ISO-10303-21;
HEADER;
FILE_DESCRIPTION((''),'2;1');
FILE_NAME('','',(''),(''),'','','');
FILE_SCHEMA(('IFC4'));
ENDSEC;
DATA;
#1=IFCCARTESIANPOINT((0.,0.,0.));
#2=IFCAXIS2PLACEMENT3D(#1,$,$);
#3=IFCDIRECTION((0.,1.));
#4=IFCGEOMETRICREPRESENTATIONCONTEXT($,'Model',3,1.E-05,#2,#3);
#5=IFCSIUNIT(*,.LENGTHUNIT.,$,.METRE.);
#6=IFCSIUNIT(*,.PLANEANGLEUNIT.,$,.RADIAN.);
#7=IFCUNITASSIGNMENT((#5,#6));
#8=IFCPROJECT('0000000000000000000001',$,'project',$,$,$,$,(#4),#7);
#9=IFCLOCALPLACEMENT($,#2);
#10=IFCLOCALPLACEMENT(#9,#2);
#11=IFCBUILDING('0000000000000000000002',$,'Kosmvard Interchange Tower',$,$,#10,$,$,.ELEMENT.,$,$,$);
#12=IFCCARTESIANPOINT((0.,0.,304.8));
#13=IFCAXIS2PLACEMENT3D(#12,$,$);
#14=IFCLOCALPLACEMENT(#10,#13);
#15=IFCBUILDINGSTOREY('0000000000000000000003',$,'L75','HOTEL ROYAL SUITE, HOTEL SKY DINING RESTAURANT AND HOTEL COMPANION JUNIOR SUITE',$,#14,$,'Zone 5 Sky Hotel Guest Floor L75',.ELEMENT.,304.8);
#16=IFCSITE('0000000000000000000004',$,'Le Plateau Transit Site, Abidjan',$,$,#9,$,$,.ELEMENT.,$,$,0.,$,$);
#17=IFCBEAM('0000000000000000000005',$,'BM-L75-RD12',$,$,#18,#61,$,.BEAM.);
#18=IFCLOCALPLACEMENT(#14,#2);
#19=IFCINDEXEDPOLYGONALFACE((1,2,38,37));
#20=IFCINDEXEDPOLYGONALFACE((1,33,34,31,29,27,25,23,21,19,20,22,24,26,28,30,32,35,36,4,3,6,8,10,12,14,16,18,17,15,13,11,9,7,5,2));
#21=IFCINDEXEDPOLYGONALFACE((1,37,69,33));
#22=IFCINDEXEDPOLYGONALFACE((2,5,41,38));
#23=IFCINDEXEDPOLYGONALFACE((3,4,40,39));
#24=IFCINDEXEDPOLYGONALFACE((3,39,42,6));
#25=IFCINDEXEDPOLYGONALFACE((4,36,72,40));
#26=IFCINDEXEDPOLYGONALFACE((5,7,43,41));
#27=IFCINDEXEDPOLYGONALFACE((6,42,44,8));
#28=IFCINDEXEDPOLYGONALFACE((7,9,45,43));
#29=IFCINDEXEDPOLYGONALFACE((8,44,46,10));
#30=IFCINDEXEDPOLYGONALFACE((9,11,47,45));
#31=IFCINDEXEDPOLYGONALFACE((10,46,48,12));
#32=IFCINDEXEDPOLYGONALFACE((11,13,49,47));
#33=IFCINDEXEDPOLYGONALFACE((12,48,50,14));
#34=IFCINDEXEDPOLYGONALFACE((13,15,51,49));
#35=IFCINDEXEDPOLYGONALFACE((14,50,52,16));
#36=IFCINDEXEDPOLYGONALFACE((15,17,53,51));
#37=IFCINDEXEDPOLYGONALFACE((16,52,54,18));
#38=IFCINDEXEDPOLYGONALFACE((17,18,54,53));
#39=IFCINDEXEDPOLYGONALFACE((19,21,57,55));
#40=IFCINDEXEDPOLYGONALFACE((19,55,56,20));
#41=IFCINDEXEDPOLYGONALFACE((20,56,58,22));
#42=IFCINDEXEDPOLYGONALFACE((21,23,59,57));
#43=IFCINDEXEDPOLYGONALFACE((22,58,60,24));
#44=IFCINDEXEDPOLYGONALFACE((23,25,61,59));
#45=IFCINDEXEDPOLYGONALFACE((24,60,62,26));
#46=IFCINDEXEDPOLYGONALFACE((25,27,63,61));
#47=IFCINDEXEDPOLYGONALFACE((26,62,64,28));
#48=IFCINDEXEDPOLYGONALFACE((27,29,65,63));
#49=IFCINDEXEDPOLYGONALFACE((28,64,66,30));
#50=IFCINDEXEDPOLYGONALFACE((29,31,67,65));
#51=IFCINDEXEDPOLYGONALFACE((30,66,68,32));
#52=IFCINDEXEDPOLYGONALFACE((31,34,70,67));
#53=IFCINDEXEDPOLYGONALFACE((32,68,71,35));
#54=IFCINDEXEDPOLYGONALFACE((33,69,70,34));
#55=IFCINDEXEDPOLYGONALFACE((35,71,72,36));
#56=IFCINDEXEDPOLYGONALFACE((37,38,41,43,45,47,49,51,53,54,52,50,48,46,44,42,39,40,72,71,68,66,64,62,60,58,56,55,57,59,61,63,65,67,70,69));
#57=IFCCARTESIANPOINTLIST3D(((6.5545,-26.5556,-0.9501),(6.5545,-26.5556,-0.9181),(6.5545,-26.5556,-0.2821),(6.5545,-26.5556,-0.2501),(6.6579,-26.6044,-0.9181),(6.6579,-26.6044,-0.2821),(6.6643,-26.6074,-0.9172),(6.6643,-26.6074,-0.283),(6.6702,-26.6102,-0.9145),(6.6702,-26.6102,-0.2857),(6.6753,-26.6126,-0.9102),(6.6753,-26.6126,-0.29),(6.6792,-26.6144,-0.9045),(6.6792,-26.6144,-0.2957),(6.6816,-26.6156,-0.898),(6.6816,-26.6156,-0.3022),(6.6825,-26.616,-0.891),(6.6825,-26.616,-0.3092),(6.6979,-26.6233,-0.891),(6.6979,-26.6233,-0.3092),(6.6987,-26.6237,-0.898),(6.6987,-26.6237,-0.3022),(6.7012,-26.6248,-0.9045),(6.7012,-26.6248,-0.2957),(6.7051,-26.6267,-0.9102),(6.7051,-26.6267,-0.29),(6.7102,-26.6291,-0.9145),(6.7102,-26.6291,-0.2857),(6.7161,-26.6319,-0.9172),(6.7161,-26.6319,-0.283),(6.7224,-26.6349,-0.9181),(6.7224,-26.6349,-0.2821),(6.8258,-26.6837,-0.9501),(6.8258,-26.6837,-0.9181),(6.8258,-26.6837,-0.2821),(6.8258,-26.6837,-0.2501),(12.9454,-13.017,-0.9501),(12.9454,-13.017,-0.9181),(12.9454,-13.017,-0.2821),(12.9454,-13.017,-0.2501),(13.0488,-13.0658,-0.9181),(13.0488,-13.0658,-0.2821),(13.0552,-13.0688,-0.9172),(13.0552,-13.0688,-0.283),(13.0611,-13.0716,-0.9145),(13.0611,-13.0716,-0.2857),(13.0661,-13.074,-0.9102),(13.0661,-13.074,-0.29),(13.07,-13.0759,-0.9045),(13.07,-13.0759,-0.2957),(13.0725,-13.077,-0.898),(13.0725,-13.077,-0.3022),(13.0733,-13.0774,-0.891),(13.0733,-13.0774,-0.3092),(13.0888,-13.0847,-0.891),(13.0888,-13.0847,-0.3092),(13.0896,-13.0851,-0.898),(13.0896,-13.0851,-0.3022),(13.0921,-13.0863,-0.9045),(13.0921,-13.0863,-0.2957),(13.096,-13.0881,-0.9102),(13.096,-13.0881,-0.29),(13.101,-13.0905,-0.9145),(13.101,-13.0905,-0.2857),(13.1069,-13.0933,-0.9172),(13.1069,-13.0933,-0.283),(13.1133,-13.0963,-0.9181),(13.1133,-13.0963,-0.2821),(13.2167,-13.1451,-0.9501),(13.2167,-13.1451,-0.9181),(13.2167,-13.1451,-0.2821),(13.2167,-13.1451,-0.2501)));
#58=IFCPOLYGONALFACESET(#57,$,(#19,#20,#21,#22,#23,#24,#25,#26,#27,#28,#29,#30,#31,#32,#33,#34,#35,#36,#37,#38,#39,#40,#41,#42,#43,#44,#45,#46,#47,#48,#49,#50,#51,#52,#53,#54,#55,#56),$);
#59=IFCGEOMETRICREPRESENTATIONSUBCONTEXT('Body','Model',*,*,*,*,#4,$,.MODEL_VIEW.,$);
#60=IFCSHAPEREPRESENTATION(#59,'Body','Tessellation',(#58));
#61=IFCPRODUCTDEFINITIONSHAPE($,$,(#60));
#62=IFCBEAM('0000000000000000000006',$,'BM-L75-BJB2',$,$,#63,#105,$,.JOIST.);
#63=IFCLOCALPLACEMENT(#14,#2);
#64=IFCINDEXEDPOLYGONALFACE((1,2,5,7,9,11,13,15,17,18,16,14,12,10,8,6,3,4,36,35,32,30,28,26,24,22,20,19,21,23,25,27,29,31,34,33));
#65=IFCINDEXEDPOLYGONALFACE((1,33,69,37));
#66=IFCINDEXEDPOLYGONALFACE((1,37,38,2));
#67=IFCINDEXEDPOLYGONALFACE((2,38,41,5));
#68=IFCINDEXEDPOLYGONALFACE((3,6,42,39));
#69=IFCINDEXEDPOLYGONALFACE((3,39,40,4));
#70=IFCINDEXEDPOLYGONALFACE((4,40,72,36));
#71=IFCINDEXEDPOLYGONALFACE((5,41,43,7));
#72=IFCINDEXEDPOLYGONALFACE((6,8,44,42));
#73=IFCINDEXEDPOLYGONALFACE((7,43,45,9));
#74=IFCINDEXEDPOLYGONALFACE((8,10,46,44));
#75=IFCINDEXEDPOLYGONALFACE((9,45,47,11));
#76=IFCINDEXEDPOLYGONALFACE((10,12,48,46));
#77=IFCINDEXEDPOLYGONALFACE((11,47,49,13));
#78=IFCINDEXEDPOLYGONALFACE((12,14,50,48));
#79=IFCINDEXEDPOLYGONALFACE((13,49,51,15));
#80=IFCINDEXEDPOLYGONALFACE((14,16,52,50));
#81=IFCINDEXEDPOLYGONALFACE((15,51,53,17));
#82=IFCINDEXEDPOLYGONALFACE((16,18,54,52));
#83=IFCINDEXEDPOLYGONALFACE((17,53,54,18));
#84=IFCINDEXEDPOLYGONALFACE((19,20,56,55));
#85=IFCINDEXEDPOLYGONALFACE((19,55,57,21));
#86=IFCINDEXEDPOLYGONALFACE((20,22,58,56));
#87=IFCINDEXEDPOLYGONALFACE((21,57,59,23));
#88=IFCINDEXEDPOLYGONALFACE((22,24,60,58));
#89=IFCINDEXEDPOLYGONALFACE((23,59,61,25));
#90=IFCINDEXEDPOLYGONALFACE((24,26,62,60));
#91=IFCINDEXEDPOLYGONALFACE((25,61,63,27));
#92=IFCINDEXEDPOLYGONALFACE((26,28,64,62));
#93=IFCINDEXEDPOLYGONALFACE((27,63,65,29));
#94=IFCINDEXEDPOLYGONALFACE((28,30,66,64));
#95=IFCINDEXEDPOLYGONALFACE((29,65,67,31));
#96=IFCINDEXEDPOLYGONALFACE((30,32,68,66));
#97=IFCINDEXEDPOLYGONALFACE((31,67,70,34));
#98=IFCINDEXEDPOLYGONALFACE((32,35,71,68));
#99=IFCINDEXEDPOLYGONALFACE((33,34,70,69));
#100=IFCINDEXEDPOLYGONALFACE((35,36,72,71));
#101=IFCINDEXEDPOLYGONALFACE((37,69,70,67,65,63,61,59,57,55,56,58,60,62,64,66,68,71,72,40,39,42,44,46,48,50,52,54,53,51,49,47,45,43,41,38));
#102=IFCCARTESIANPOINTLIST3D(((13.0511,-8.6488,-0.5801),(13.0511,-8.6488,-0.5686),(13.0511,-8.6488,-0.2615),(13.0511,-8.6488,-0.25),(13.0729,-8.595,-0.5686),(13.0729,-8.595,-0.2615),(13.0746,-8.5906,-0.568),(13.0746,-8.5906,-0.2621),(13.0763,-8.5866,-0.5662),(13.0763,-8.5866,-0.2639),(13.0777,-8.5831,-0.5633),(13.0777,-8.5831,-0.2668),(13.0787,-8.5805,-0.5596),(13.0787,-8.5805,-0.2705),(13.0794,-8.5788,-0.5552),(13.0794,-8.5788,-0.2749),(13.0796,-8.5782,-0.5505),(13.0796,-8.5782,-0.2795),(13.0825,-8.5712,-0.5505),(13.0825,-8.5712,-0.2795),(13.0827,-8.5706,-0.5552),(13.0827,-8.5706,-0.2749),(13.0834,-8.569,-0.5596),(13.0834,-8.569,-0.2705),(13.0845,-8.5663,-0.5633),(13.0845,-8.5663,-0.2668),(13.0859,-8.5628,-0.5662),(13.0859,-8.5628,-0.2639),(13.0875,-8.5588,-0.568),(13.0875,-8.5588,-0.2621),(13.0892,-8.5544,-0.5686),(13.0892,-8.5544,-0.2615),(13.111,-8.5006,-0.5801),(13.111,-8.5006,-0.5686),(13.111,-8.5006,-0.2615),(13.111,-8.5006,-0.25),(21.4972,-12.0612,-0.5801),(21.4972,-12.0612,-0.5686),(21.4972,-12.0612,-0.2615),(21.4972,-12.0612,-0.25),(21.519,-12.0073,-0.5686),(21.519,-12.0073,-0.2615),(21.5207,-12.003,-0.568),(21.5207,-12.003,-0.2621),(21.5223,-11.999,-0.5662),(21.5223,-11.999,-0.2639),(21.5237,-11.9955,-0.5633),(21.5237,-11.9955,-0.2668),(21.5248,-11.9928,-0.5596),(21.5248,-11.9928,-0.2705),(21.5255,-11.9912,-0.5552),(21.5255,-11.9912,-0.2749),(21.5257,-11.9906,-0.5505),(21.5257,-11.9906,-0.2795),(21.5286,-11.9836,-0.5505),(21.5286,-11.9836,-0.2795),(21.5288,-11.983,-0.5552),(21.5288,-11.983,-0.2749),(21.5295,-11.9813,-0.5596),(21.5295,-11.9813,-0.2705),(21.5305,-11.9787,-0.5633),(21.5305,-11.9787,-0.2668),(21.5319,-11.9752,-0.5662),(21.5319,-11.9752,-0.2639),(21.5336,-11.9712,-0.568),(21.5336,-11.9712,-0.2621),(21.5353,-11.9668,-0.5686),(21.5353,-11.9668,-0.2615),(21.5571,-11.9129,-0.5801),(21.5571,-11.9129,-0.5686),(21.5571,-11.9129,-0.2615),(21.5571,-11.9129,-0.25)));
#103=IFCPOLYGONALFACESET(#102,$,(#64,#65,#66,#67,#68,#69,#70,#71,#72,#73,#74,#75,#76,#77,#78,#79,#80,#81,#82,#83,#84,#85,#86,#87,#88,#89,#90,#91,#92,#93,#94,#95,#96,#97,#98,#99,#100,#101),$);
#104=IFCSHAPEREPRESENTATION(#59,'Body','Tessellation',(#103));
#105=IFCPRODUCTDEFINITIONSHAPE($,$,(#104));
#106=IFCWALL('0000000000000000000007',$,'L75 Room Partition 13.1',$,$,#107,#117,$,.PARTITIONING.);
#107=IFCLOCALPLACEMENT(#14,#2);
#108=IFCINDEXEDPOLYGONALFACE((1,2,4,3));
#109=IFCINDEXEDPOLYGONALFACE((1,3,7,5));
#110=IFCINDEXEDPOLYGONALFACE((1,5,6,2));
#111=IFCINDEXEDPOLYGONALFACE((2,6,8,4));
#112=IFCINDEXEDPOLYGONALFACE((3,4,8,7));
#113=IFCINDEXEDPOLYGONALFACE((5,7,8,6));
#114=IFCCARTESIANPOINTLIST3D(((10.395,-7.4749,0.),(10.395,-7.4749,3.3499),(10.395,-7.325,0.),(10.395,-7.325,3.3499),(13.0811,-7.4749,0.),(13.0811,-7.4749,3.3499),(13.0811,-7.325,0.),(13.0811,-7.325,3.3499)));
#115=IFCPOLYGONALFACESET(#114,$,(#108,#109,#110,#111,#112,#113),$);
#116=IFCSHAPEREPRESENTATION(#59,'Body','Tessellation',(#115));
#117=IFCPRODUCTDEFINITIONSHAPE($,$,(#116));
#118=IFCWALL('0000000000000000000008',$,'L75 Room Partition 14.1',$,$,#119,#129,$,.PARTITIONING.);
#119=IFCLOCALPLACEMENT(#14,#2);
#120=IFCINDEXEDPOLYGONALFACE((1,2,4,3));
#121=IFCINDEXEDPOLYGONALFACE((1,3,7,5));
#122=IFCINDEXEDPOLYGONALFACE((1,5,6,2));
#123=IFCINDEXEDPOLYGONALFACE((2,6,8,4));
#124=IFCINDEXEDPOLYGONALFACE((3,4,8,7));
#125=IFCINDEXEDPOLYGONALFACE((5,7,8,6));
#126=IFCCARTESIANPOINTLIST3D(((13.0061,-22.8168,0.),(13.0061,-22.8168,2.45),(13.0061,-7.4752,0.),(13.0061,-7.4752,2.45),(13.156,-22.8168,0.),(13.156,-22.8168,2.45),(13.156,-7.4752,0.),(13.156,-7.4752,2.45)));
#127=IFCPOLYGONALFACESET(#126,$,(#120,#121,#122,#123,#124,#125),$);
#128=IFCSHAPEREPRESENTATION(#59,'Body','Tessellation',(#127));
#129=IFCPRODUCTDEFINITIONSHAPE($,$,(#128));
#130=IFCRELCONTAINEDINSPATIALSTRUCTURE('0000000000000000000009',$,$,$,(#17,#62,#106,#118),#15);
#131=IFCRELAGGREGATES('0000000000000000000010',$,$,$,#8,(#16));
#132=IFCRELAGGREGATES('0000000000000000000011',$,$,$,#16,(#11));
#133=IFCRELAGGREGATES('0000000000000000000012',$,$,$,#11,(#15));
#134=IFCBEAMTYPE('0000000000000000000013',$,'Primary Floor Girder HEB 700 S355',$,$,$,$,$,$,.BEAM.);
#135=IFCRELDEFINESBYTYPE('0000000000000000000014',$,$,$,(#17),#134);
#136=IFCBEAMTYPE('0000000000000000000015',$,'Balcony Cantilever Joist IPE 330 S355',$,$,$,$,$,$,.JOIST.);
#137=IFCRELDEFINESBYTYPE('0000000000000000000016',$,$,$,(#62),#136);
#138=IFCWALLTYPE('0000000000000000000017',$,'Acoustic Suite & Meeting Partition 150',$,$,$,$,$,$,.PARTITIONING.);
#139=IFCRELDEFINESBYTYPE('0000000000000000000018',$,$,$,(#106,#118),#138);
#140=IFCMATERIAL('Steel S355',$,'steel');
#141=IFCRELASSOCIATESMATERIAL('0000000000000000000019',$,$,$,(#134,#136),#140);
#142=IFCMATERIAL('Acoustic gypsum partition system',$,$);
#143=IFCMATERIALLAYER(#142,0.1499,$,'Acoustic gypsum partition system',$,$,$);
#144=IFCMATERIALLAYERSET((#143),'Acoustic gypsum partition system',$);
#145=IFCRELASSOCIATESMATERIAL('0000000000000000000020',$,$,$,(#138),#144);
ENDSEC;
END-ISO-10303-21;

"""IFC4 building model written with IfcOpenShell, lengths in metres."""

from ifc_helpers import new_model, si_unit, direction, frame, frame_2d, origin, origin_2d, place, context, subcontext, project, spatial, rectangle, i_section, extrude, source, transform, mapped, material, layer, layer_set, material_profile, profile_set, type_object, element, save


model = new_model("IFC4")

# Units and contexts
model_context = context("Model", 3, precision=1e-05, world=origin(), true_north=direction((0.0, 1.0)))
body_context = subcontext(model_context, "Body", "Model", "MODEL_VIEW")
ifc_project = project(units=[si_unit("LENGTHUNIT", "METRE"), si_unit("PLANEANGLEUNIT", "RADIAN")], contexts=[model_context])

# Site, building, storey
site_placement = place(None, origin())
site = spatial("IfcSite", under=ifc_project, at=site_placement, Name="Le Plateau Transit Site, Abidjan", CompositionType="ELEMENT", RefElevation=0.0)
building_placement = place(site_placement, origin())
building = spatial("IfcBuilding", under=site, at=building_placement, Name="Kosmvard Interchange Tower", CompositionType="ELEMENT")
storey_placement = place(building_placement, frame((0.0, 0.0, 304.8)))
storey = spatial("IfcBuildingStorey", under=building, at=storey_placement, Name="L75", Description="HOTEL ROYAL SUITE, HOTEL SKY DINING RESTAURANT AND HOTEL COMPANION JUNIOR SUITE", LongName="Zone 5 Sky Hotel Guest Floor L75", CompositionType="ELEMENT", Elevation=304.8)

# Beams
ifc_material_1 = material(Name="Steel S355", Category="steel")
ifc_material_profile_1 = material_profile(ifc_material_1, i_section(OverallWidth=0.3, OverallDepth=0.7, WebThickness=0.0171, FlangeThickness=0.032, FilletRadius=0.0271, at=origin_2d()), Name="HEB 700")
ifc_profile_set_1 = profile_set([ifc_material_profile_1], Name="Steel S355")
beam_type_1 = type_object("IfcBeamType", Name="Primary Floor Girder HEB 700 S355", PredefinedType="BEAM", material=ifc_profile_set_1)
shared_shape_1 = source(origin(), body_context, "Body", "SweptSolid", [
    extrude(i_section(OverallWidth=0.3, OverallDepth=0.7, WebThickness=0.0171, FlangeThickness=0.032, FilletRadius=0.0271, at=origin_2d()), origin(), (0.0, 0.0, 1.0), 14.9712),
])
beam_1_placement = place(storey_placement, frame((13.0811, -13.0811, -0.6001), z_axis=(-0.426878, -0.904309, 0.0), x_axis=(0.904309, -0.426878, 0.0)))
element("IfcBeam", 1, at=beam_1_placement, inside=storey, type_object=beam_type_1, Name="BM-L75-RD12", PredefinedType="BEAM", context=body_context, shape_type="MappedRepresentation", body=[
    mapped(shared_shape_1, transform((0.0, 0.0, 0.0), scale=1.0)),
])
ifc_material_profile_2 = material_profile(ifc_material_1, i_section(OverallWidth=0.1599, OverallDepth=0.3301, WebThickness=0.0076, FlangeThickness=0.0115, FilletRadius=0.0181, at=origin_2d()), Name="IPE 330")
ifc_profile_set_2 = profile_set([ifc_material_profile_2], Name="Steel S355")
beam_type_2 = type_object("IfcBeamType", Name="Balcony Cantilever Joist IPE 330 S355", PredefinedType="JOIST", material=ifc_profile_set_2)
shared_shape_2 = source(origin(), body_context, "Body", "SweptSolid", [
    extrude(i_section(OverallWidth=0.1599, OverallDepth=0.3301, WebThickness=0.0076, FlangeThickness=0.0115, FilletRadius=0.0181, at=origin_2d()), origin(), (0.0, 0.0, 1.0), 9.1094),
])
beam_2_placement = place(storey_placement, frame((13.0811, -8.5747, -0.415), z_axis=(0.927187, -0.3746, 0.0), x_axis=(0.3746, 0.927187, 0.0)))
element("IfcBeam", 2, at=beam_2_placement, inside=storey, type_object=beam_type_2, Name="BM-L75-BJB2", PredefinedType="JOIST", context=body_context, shape_type="MappedRepresentation", body=[
    mapped(shared_shape_2, transform((0.0, 0.0, 0.0), scale=1.0)),
])

# Walls
ifc_material_2 = material(Name="Acoustic gypsum partition system")
ifc_layer_1 = layer(ifc_material_2, 0.1499, Name="Acoustic gypsum partition system")
ifc_layer_set_1 = layer_set([ifc_layer_1], Name="Acoustic gypsum partition system")
wall_type_1 = type_object("IfcWallType", Name="Acoustic Suite & Meeting Partition 150", PredefinedType="PARTITIONING", material=ifc_layer_set_1)
wall_1_placement = place(storey_placement, frame((10.395, -7.3999, 0.0), z_axis=(0.0, 0.0, 1.0), x_axis=(1.0, 0.0, 0.0)))
element("IfcWall", 3, at=wall_1_placement, inside=storey, type_object=wall_type_1, Name="L75 Room Partition 13.1", PredefinedType="PARTITIONING", context=body_context, shape_type="SweptSolid", body=[
    extrude(rectangle(XDim=2.686, YDim=0.1499, at=frame_2d((1.343, 0.0))), origin(), (0.0, 0.0, 1.0), 3.3499),
])
wall_2_placement = place(storey_placement, frame((13.0811, -7.4751, 0.0), z_axis=(0.0, 0.0, 1.0), x_axis=(0.0, -1.0, 0.0)))
element("IfcWall", 4, at=wall_2_placement, inside=storey, type_object=wall_type_1, Name="L75 Room Partition 14.1", PredefinedType="PARTITIONING", context=body_context, shape_type="SweptSolid", body=[
    extrude(rectangle(XDim=15.3416, YDim=0.1499, at=frame_2d((7.6709, 0.0))), origin(), (0.0, 0.0, 1.0), 2.45),
])

save(model, "model.ifc")
